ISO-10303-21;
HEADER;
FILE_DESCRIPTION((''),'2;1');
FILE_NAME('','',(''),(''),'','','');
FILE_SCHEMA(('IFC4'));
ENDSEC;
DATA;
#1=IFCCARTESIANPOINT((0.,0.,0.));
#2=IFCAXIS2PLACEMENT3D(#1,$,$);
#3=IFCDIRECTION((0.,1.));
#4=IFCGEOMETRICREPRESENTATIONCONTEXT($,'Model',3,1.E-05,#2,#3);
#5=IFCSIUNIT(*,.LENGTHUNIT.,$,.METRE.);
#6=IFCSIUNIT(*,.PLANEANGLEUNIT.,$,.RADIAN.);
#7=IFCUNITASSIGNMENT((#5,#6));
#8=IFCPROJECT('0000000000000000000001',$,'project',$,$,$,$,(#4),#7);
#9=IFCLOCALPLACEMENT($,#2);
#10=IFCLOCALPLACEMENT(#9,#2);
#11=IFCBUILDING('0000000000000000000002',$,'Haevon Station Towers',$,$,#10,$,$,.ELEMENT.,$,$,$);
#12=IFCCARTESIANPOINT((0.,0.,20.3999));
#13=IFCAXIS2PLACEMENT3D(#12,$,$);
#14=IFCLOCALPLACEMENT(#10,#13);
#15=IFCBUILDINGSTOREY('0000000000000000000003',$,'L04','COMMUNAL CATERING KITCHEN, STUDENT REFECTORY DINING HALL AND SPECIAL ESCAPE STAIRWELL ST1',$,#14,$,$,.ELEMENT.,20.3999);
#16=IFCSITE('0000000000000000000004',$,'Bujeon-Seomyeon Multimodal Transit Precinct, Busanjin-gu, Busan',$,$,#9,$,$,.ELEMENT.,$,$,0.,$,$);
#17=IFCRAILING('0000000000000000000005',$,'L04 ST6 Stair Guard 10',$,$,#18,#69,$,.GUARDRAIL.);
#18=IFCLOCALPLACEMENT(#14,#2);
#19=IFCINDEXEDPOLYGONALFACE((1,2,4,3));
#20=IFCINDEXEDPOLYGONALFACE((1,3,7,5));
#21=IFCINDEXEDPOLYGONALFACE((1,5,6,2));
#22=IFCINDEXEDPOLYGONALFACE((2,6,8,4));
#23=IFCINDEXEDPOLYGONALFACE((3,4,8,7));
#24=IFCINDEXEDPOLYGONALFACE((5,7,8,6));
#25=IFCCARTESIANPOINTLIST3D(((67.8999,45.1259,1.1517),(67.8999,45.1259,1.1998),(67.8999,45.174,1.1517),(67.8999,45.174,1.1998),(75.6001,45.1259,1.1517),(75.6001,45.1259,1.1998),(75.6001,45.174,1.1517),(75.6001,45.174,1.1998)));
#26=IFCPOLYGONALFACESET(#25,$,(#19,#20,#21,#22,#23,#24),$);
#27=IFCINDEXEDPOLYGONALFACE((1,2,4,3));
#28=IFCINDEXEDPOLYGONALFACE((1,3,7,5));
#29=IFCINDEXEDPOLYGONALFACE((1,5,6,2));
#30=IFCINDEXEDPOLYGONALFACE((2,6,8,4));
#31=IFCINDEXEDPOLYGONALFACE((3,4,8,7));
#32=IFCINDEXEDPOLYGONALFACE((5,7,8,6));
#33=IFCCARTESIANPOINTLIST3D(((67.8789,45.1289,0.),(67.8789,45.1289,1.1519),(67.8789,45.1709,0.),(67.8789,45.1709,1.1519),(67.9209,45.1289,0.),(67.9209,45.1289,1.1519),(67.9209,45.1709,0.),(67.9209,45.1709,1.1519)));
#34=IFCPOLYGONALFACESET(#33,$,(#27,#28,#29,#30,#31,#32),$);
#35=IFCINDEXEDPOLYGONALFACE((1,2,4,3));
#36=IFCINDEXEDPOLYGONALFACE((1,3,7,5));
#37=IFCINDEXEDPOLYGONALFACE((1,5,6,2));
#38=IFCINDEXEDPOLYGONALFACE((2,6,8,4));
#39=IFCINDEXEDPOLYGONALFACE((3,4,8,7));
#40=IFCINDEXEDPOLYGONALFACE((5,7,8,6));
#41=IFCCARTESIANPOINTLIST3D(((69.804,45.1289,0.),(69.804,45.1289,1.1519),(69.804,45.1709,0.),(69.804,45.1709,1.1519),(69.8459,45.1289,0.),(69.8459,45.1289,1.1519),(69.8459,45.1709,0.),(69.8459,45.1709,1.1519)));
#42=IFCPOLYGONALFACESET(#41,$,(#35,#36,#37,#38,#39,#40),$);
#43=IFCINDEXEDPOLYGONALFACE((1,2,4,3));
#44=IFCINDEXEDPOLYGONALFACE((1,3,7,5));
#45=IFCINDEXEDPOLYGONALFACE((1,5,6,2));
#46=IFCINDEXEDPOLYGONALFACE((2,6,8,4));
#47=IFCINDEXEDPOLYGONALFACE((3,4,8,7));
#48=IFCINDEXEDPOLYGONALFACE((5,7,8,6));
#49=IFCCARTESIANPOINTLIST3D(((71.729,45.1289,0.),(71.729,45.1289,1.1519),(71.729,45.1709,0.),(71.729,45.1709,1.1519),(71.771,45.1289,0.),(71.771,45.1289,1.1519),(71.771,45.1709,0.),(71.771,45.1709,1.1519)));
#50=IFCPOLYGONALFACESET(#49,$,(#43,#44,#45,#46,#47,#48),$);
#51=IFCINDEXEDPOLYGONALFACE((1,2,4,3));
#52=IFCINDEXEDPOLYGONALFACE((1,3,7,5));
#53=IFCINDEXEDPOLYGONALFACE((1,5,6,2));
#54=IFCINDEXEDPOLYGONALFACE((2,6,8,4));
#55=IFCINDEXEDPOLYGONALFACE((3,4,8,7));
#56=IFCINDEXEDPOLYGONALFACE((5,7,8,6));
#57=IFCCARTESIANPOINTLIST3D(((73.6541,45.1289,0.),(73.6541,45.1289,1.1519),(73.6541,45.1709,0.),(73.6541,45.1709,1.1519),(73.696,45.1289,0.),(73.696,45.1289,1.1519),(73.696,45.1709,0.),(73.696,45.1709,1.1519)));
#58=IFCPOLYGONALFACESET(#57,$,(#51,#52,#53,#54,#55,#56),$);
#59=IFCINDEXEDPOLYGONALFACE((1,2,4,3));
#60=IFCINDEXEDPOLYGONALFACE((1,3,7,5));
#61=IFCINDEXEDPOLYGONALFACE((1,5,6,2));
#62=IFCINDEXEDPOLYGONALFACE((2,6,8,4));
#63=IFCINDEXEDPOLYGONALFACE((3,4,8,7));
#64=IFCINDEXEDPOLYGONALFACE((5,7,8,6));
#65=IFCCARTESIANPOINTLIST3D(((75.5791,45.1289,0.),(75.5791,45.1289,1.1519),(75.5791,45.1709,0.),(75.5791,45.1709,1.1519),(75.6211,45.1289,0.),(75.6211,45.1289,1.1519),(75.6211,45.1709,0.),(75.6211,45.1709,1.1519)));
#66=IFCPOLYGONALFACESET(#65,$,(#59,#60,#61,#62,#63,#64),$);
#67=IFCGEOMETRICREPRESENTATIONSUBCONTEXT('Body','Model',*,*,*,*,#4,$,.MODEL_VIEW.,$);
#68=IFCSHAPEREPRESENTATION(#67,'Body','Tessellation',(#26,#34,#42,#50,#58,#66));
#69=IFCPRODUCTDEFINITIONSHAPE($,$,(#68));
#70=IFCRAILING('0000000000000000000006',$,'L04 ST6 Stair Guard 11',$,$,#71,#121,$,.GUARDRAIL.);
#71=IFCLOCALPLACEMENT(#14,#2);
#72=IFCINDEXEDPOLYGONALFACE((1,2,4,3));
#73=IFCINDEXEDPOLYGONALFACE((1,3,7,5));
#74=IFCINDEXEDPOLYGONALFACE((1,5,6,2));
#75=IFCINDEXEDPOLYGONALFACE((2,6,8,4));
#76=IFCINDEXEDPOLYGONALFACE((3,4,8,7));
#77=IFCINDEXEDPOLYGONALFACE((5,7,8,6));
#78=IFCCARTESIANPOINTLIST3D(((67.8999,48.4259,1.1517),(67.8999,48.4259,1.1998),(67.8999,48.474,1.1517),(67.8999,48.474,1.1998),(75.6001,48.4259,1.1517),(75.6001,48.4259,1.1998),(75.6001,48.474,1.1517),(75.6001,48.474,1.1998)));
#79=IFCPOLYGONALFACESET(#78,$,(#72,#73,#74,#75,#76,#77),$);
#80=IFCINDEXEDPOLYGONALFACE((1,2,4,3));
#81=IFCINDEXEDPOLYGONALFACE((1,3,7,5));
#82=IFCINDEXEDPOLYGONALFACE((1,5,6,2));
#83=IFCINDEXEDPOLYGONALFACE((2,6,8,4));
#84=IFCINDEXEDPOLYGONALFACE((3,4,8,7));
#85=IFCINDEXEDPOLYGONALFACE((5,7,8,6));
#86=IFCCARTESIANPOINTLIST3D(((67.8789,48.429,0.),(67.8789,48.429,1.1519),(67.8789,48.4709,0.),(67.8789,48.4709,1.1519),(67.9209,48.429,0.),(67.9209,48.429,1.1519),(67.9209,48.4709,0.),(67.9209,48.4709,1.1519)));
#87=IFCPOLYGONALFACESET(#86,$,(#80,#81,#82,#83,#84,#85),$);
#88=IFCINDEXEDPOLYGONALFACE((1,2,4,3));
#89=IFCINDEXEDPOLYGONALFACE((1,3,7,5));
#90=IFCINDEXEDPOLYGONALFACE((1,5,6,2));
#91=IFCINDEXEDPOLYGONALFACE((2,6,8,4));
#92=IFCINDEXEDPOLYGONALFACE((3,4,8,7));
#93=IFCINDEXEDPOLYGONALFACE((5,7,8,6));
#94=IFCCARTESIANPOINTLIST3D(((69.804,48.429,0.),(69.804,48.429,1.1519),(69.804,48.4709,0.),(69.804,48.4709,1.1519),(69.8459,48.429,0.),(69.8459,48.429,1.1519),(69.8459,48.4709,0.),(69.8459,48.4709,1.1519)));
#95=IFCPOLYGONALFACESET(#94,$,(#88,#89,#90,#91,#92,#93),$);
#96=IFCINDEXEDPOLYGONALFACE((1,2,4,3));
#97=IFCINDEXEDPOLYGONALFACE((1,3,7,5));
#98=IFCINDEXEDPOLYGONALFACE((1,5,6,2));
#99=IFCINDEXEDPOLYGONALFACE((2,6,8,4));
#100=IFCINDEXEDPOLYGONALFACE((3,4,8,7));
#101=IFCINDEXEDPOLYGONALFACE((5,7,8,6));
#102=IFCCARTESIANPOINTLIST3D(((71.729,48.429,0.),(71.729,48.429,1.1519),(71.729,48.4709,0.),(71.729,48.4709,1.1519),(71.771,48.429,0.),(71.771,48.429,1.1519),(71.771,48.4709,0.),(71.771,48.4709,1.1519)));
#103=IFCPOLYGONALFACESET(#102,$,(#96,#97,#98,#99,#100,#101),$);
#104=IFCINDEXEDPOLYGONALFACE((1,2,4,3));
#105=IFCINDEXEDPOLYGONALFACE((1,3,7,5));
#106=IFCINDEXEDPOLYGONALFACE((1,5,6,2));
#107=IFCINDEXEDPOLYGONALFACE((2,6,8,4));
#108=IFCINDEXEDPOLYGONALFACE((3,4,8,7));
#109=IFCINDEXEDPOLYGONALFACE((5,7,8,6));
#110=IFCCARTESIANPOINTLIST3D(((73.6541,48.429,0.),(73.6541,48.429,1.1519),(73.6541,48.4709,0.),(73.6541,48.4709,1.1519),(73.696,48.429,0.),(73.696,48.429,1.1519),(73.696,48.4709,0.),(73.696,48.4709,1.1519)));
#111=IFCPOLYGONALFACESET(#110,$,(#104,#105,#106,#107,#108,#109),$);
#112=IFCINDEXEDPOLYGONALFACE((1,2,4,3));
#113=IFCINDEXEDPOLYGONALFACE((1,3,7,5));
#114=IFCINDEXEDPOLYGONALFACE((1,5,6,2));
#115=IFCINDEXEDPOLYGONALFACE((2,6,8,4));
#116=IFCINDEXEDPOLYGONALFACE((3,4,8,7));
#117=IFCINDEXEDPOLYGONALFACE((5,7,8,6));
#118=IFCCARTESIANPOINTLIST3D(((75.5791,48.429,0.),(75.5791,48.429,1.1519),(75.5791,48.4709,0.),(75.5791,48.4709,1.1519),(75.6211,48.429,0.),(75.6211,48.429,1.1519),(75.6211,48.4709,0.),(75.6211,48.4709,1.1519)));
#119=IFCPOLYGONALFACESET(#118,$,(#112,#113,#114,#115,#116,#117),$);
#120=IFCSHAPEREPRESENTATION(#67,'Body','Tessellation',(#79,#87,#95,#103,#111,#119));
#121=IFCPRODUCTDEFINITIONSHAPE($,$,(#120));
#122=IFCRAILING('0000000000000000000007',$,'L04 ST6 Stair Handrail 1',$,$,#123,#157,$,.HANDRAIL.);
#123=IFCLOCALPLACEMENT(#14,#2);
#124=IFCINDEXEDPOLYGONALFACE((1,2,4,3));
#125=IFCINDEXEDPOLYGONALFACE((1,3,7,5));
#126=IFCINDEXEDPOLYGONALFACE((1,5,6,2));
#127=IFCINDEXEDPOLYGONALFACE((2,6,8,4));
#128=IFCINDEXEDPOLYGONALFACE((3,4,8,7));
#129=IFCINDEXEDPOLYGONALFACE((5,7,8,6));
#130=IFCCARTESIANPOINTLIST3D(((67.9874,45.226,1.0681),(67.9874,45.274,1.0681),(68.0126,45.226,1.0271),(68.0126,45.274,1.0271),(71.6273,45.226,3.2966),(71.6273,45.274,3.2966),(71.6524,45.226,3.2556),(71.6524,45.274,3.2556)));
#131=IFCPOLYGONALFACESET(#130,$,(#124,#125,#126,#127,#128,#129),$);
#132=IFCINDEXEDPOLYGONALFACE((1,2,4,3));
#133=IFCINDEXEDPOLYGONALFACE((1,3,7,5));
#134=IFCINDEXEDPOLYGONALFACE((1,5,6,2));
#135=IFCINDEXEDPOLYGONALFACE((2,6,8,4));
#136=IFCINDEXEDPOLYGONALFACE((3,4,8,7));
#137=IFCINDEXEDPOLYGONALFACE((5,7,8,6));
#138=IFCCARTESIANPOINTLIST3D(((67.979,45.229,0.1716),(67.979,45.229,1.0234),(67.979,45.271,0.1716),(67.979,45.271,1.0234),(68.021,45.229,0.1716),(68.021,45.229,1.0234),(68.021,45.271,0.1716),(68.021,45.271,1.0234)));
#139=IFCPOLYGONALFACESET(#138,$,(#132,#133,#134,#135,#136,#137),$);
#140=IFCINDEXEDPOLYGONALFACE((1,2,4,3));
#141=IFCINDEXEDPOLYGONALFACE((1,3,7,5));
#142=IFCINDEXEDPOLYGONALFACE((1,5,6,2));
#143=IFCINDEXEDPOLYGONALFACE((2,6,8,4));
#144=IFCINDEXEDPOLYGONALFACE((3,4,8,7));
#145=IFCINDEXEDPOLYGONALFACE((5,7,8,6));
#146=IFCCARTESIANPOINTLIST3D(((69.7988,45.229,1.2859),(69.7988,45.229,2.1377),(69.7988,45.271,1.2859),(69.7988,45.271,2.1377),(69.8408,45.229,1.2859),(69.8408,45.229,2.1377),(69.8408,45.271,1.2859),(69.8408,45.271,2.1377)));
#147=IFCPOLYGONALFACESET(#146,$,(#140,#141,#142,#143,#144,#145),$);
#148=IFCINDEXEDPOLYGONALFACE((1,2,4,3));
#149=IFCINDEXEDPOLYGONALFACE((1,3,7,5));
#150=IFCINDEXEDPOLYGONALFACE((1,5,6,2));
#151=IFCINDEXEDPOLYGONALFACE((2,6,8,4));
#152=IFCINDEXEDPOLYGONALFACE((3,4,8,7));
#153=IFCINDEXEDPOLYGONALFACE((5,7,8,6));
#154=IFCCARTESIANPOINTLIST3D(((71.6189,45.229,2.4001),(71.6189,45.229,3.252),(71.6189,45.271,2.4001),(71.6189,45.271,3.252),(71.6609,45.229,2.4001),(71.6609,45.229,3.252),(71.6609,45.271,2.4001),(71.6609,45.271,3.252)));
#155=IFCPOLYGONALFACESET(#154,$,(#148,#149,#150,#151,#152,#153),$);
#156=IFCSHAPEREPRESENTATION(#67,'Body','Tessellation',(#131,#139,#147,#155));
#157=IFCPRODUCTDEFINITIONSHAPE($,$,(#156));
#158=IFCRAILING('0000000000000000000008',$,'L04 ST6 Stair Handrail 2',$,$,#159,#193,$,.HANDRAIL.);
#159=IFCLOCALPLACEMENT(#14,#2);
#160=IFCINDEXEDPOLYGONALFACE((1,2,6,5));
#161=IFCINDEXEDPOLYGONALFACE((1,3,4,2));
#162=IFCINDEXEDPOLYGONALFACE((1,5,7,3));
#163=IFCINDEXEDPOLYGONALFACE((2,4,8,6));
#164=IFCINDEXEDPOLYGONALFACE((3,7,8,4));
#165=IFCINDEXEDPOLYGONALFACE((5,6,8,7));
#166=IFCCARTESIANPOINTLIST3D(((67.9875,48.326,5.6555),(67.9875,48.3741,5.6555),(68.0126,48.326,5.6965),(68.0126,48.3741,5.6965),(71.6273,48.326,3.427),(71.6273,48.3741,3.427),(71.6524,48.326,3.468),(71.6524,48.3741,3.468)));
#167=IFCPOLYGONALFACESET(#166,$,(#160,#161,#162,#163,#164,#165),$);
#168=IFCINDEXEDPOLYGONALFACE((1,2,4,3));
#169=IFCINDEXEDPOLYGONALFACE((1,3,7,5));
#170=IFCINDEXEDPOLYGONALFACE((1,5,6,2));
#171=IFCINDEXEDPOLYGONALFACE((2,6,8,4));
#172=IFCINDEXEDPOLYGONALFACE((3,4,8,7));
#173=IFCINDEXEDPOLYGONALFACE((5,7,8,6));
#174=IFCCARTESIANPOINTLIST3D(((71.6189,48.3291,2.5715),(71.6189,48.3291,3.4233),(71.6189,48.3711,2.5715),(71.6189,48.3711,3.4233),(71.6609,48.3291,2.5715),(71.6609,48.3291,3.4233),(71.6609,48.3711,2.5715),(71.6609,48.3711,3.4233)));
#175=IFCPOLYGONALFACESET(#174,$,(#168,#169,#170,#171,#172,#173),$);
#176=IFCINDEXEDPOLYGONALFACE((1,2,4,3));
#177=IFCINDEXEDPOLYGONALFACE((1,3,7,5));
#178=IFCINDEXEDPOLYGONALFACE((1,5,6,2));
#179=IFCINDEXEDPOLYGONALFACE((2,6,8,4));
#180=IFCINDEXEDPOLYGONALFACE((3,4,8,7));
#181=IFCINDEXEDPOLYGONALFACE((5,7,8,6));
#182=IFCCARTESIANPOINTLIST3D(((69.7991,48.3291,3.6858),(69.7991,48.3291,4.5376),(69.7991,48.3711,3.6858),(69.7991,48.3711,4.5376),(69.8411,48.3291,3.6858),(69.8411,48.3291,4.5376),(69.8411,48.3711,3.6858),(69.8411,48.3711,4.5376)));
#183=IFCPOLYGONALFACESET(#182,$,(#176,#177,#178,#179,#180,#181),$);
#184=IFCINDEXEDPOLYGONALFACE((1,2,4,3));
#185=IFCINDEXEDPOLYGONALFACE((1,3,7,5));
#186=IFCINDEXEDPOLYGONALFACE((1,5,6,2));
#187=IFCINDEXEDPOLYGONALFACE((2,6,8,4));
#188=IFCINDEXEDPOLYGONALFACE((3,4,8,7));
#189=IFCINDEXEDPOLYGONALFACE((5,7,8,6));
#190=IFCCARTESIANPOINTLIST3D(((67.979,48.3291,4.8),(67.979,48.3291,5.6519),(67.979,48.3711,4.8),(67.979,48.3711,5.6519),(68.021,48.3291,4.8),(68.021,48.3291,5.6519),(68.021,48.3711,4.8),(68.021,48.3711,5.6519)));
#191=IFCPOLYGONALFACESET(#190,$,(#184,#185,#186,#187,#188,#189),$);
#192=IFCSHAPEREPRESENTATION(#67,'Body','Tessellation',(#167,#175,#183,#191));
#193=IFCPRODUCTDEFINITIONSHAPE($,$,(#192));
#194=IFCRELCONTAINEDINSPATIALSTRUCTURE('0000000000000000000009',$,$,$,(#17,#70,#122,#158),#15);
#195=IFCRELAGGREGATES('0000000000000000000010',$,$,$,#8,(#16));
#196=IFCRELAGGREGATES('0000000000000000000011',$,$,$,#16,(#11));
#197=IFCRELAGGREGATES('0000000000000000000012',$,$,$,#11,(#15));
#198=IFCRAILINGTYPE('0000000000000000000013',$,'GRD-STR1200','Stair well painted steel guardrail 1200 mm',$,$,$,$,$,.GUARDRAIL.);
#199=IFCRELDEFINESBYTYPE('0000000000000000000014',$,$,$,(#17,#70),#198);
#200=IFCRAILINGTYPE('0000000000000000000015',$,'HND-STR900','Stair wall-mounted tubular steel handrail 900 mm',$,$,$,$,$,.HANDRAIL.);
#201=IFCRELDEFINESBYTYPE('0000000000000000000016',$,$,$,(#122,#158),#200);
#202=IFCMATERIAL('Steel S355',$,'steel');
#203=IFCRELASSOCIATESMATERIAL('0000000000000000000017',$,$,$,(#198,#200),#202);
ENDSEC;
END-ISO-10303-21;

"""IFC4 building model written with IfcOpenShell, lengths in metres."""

from ifc_helpers import new_model, si_unit, direction, frame, origin, origin_2d, place, context, subcontext, project, spatial, rectangle, extrude, material, type_object, element, save


model = new_model("IFC4")

# Units and contexts
model_context = context("Model", 3, precision=1e-05, world=origin(), true_north=direction((0.0, 1.0)))
body_context = subcontext(model_context, "Body", "Model", "MODEL_VIEW")
ifc_project = project(units=[si_unit("LENGTHUNIT", "METRE"), si_unit("PLANEANGLEUNIT", "RADIAN")], contexts=[model_context])

# Site, building, storey
site_placement = place(None, origin())
site = spatial("IfcSite", under=ifc_project, at=site_placement, Name="Bujeon-Seomyeon Multimodal Transit Precinct, Busanjin-gu, Busan", CompositionType="ELEMENT", RefElevation=0.0)
building_placement = place(site_placement, origin())
building = spatial("IfcBuilding", under=site, at=building_placement, Name="Haevon Station Towers", CompositionType="ELEMENT")
storey_placement = place(building_placement, frame((0.0, 0.0, 20.3999)))
storey = spatial("IfcBuildingStorey", under=building, at=storey_placement, Name="L04", Description="COMMUNAL CATERING KITCHEN, STUDENT REFECTORY DINING HALL AND SPECIAL ESCAPE STAIRWELL ST1", CompositionType="ELEMENT", Elevation=20.3999)

# Shared definitions
ifc_material_1 = material(Name="Steel S355", Category="steel")

# Railings
railing_type_1 = type_object("IfcRailingType", Name="GRD-STR1200", Description="Stair well painted steel guardrail 1200 mm", PredefinedType="GUARDRAIL", material=ifc_material_1)
for number, where, name in (
    (1, (67.8999, 45.1499, 0.0), "L04 ST6 Stair Guard 10"),
    (2, (67.8999, 48.45, 0.0), "L04 ST6 Stair Guard 11"),
):
    element("IfcRailing", number, at=place(storey_placement, frame(where)), inside=storey, type_object=railing_type_1, Name=name, PredefinedType="GUARDRAIL", context=body_context, shape_type="SweptSolid", body=[
        extrude(rectangle(XDim=0.0481, YDim=0.0481, at=origin_2d()), frame((0.0, 0.0, 1.1758), z_axis=(1.0, 0.0, 0.0), x_axis=(0.0, 1.0, 0.0)), (0.0, 0.0, 1.0), 7.7002),
        extrude(rectangle(XDim=0.042, YDim=0.042, at=origin_2d()), origin(), (0.0, 0.0, 1.0), 1.1519),
        extrude(rectangle(XDim=0.042, YDim=0.042, at=origin_2d()), frame((1.925, 0.0, 0.0)), (0.0, 0.0, 1.0), 1.1519),
        extrude(rectangle(XDim=0.042, YDim=0.042, at=origin_2d()), frame((3.8501, 0.0, 0.0)), (0.0, 0.0, 1.0), 1.1519),
        extrude(rectangle(XDim=0.042, YDim=0.042, at=origin_2d()), frame((5.7751, 0.0, 0.0)), (0.0, 0.0, 1.0), 1.1519),
        extrude(rectangle(XDim=0.042, YDim=0.042, at=origin_2d()), frame((7.7002, 0.0, 0.0)), (0.0, 0.0, 1.0), 1.1519),
    ])
railing_type_2 = type_object("IfcRailingType", Name="HND-STR900", Description="Stair wall-mounted tubular steel handrail 900 mm", PredefinedType="HANDRAIL", material=ifc_material_1)
railing_1_placement = place(storey_placement, frame((68.0, 45.25, 0.1716)))
element("IfcRailing", 3, at=railing_1_placement, inside=storey, type_object=railing_type_2, Name="L04 ST6 Stair Handrail 1", PredefinedType="HANDRAIL", context=body_context, shape_type="SweptSolid", body=[
    extrude(rectangle(XDim=0.0481, YDim=0.0481, at=origin_2d()), frame((0.0, 0.0, 0.876), z_axis=(0.85285, 0.0, 0.522156), x_axis=(0.0, 1.0, 0.0)), (0.0, 0.0, 1.0), 4.2678),
    extrude(rectangle(XDim=0.042, YDim=0.042, at=origin_2d()), origin(), (0.0, 0.0, 1.0), 0.8518),
    extrude(rectangle(XDim=0.042, YDim=0.042, at=origin_2d()), frame((1.8198, 0.0, 1.1143)), (0.0, 0.0, 1.0), 0.8518),
    extrude(rectangle(XDim=0.042, YDim=0.042, at=origin_2d()), frame((3.6399, 0.0, 2.2285)), (0.0, 0.0, 1.0), 0.8518),
])
railing_2_placement = place(storey_placement, frame((71.6399, 48.3501, 2.5715)))
element("IfcRailing", 4, at=railing_2_placement, inside=storey, type_object=railing_type_2, Name="L04 ST6 Stair Handrail 2", PredefinedType="HANDRAIL", context=body_context, shape_type="SweptSolid", body=[
    extrude(rectangle(XDim=0.0481, YDim=0.0481, at=origin_2d()), frame((0.0, 0.0, 0.876), z_axis=(-0.85285, 0.0, 0.522156), x_axis=(0.0, -1.0, 0.0)), (0.0, 0.0, 1.0), 4.2678),
    extrude(rectangle(XDim=0.042, YDim=0.042, at=origin_2d()), origin(), (0.0, 0.0, 1.0), 0.8518),
    extrude(rectangle(XDim=0.042, YDim=0.042, at=origin_2d()), frame((-1.8198, 0.0, 1.1143)), (0.0, 0.0, 1.0), 0.8518),
    extrude(rectangle(XDim=0.042, YDim=0.042, at=origin_2d()), frame((-3.6399, 0.0, 2.2285)), (0.0, 0.0, 1.0), 0.8518),
])

save(model, "model.ifc")
